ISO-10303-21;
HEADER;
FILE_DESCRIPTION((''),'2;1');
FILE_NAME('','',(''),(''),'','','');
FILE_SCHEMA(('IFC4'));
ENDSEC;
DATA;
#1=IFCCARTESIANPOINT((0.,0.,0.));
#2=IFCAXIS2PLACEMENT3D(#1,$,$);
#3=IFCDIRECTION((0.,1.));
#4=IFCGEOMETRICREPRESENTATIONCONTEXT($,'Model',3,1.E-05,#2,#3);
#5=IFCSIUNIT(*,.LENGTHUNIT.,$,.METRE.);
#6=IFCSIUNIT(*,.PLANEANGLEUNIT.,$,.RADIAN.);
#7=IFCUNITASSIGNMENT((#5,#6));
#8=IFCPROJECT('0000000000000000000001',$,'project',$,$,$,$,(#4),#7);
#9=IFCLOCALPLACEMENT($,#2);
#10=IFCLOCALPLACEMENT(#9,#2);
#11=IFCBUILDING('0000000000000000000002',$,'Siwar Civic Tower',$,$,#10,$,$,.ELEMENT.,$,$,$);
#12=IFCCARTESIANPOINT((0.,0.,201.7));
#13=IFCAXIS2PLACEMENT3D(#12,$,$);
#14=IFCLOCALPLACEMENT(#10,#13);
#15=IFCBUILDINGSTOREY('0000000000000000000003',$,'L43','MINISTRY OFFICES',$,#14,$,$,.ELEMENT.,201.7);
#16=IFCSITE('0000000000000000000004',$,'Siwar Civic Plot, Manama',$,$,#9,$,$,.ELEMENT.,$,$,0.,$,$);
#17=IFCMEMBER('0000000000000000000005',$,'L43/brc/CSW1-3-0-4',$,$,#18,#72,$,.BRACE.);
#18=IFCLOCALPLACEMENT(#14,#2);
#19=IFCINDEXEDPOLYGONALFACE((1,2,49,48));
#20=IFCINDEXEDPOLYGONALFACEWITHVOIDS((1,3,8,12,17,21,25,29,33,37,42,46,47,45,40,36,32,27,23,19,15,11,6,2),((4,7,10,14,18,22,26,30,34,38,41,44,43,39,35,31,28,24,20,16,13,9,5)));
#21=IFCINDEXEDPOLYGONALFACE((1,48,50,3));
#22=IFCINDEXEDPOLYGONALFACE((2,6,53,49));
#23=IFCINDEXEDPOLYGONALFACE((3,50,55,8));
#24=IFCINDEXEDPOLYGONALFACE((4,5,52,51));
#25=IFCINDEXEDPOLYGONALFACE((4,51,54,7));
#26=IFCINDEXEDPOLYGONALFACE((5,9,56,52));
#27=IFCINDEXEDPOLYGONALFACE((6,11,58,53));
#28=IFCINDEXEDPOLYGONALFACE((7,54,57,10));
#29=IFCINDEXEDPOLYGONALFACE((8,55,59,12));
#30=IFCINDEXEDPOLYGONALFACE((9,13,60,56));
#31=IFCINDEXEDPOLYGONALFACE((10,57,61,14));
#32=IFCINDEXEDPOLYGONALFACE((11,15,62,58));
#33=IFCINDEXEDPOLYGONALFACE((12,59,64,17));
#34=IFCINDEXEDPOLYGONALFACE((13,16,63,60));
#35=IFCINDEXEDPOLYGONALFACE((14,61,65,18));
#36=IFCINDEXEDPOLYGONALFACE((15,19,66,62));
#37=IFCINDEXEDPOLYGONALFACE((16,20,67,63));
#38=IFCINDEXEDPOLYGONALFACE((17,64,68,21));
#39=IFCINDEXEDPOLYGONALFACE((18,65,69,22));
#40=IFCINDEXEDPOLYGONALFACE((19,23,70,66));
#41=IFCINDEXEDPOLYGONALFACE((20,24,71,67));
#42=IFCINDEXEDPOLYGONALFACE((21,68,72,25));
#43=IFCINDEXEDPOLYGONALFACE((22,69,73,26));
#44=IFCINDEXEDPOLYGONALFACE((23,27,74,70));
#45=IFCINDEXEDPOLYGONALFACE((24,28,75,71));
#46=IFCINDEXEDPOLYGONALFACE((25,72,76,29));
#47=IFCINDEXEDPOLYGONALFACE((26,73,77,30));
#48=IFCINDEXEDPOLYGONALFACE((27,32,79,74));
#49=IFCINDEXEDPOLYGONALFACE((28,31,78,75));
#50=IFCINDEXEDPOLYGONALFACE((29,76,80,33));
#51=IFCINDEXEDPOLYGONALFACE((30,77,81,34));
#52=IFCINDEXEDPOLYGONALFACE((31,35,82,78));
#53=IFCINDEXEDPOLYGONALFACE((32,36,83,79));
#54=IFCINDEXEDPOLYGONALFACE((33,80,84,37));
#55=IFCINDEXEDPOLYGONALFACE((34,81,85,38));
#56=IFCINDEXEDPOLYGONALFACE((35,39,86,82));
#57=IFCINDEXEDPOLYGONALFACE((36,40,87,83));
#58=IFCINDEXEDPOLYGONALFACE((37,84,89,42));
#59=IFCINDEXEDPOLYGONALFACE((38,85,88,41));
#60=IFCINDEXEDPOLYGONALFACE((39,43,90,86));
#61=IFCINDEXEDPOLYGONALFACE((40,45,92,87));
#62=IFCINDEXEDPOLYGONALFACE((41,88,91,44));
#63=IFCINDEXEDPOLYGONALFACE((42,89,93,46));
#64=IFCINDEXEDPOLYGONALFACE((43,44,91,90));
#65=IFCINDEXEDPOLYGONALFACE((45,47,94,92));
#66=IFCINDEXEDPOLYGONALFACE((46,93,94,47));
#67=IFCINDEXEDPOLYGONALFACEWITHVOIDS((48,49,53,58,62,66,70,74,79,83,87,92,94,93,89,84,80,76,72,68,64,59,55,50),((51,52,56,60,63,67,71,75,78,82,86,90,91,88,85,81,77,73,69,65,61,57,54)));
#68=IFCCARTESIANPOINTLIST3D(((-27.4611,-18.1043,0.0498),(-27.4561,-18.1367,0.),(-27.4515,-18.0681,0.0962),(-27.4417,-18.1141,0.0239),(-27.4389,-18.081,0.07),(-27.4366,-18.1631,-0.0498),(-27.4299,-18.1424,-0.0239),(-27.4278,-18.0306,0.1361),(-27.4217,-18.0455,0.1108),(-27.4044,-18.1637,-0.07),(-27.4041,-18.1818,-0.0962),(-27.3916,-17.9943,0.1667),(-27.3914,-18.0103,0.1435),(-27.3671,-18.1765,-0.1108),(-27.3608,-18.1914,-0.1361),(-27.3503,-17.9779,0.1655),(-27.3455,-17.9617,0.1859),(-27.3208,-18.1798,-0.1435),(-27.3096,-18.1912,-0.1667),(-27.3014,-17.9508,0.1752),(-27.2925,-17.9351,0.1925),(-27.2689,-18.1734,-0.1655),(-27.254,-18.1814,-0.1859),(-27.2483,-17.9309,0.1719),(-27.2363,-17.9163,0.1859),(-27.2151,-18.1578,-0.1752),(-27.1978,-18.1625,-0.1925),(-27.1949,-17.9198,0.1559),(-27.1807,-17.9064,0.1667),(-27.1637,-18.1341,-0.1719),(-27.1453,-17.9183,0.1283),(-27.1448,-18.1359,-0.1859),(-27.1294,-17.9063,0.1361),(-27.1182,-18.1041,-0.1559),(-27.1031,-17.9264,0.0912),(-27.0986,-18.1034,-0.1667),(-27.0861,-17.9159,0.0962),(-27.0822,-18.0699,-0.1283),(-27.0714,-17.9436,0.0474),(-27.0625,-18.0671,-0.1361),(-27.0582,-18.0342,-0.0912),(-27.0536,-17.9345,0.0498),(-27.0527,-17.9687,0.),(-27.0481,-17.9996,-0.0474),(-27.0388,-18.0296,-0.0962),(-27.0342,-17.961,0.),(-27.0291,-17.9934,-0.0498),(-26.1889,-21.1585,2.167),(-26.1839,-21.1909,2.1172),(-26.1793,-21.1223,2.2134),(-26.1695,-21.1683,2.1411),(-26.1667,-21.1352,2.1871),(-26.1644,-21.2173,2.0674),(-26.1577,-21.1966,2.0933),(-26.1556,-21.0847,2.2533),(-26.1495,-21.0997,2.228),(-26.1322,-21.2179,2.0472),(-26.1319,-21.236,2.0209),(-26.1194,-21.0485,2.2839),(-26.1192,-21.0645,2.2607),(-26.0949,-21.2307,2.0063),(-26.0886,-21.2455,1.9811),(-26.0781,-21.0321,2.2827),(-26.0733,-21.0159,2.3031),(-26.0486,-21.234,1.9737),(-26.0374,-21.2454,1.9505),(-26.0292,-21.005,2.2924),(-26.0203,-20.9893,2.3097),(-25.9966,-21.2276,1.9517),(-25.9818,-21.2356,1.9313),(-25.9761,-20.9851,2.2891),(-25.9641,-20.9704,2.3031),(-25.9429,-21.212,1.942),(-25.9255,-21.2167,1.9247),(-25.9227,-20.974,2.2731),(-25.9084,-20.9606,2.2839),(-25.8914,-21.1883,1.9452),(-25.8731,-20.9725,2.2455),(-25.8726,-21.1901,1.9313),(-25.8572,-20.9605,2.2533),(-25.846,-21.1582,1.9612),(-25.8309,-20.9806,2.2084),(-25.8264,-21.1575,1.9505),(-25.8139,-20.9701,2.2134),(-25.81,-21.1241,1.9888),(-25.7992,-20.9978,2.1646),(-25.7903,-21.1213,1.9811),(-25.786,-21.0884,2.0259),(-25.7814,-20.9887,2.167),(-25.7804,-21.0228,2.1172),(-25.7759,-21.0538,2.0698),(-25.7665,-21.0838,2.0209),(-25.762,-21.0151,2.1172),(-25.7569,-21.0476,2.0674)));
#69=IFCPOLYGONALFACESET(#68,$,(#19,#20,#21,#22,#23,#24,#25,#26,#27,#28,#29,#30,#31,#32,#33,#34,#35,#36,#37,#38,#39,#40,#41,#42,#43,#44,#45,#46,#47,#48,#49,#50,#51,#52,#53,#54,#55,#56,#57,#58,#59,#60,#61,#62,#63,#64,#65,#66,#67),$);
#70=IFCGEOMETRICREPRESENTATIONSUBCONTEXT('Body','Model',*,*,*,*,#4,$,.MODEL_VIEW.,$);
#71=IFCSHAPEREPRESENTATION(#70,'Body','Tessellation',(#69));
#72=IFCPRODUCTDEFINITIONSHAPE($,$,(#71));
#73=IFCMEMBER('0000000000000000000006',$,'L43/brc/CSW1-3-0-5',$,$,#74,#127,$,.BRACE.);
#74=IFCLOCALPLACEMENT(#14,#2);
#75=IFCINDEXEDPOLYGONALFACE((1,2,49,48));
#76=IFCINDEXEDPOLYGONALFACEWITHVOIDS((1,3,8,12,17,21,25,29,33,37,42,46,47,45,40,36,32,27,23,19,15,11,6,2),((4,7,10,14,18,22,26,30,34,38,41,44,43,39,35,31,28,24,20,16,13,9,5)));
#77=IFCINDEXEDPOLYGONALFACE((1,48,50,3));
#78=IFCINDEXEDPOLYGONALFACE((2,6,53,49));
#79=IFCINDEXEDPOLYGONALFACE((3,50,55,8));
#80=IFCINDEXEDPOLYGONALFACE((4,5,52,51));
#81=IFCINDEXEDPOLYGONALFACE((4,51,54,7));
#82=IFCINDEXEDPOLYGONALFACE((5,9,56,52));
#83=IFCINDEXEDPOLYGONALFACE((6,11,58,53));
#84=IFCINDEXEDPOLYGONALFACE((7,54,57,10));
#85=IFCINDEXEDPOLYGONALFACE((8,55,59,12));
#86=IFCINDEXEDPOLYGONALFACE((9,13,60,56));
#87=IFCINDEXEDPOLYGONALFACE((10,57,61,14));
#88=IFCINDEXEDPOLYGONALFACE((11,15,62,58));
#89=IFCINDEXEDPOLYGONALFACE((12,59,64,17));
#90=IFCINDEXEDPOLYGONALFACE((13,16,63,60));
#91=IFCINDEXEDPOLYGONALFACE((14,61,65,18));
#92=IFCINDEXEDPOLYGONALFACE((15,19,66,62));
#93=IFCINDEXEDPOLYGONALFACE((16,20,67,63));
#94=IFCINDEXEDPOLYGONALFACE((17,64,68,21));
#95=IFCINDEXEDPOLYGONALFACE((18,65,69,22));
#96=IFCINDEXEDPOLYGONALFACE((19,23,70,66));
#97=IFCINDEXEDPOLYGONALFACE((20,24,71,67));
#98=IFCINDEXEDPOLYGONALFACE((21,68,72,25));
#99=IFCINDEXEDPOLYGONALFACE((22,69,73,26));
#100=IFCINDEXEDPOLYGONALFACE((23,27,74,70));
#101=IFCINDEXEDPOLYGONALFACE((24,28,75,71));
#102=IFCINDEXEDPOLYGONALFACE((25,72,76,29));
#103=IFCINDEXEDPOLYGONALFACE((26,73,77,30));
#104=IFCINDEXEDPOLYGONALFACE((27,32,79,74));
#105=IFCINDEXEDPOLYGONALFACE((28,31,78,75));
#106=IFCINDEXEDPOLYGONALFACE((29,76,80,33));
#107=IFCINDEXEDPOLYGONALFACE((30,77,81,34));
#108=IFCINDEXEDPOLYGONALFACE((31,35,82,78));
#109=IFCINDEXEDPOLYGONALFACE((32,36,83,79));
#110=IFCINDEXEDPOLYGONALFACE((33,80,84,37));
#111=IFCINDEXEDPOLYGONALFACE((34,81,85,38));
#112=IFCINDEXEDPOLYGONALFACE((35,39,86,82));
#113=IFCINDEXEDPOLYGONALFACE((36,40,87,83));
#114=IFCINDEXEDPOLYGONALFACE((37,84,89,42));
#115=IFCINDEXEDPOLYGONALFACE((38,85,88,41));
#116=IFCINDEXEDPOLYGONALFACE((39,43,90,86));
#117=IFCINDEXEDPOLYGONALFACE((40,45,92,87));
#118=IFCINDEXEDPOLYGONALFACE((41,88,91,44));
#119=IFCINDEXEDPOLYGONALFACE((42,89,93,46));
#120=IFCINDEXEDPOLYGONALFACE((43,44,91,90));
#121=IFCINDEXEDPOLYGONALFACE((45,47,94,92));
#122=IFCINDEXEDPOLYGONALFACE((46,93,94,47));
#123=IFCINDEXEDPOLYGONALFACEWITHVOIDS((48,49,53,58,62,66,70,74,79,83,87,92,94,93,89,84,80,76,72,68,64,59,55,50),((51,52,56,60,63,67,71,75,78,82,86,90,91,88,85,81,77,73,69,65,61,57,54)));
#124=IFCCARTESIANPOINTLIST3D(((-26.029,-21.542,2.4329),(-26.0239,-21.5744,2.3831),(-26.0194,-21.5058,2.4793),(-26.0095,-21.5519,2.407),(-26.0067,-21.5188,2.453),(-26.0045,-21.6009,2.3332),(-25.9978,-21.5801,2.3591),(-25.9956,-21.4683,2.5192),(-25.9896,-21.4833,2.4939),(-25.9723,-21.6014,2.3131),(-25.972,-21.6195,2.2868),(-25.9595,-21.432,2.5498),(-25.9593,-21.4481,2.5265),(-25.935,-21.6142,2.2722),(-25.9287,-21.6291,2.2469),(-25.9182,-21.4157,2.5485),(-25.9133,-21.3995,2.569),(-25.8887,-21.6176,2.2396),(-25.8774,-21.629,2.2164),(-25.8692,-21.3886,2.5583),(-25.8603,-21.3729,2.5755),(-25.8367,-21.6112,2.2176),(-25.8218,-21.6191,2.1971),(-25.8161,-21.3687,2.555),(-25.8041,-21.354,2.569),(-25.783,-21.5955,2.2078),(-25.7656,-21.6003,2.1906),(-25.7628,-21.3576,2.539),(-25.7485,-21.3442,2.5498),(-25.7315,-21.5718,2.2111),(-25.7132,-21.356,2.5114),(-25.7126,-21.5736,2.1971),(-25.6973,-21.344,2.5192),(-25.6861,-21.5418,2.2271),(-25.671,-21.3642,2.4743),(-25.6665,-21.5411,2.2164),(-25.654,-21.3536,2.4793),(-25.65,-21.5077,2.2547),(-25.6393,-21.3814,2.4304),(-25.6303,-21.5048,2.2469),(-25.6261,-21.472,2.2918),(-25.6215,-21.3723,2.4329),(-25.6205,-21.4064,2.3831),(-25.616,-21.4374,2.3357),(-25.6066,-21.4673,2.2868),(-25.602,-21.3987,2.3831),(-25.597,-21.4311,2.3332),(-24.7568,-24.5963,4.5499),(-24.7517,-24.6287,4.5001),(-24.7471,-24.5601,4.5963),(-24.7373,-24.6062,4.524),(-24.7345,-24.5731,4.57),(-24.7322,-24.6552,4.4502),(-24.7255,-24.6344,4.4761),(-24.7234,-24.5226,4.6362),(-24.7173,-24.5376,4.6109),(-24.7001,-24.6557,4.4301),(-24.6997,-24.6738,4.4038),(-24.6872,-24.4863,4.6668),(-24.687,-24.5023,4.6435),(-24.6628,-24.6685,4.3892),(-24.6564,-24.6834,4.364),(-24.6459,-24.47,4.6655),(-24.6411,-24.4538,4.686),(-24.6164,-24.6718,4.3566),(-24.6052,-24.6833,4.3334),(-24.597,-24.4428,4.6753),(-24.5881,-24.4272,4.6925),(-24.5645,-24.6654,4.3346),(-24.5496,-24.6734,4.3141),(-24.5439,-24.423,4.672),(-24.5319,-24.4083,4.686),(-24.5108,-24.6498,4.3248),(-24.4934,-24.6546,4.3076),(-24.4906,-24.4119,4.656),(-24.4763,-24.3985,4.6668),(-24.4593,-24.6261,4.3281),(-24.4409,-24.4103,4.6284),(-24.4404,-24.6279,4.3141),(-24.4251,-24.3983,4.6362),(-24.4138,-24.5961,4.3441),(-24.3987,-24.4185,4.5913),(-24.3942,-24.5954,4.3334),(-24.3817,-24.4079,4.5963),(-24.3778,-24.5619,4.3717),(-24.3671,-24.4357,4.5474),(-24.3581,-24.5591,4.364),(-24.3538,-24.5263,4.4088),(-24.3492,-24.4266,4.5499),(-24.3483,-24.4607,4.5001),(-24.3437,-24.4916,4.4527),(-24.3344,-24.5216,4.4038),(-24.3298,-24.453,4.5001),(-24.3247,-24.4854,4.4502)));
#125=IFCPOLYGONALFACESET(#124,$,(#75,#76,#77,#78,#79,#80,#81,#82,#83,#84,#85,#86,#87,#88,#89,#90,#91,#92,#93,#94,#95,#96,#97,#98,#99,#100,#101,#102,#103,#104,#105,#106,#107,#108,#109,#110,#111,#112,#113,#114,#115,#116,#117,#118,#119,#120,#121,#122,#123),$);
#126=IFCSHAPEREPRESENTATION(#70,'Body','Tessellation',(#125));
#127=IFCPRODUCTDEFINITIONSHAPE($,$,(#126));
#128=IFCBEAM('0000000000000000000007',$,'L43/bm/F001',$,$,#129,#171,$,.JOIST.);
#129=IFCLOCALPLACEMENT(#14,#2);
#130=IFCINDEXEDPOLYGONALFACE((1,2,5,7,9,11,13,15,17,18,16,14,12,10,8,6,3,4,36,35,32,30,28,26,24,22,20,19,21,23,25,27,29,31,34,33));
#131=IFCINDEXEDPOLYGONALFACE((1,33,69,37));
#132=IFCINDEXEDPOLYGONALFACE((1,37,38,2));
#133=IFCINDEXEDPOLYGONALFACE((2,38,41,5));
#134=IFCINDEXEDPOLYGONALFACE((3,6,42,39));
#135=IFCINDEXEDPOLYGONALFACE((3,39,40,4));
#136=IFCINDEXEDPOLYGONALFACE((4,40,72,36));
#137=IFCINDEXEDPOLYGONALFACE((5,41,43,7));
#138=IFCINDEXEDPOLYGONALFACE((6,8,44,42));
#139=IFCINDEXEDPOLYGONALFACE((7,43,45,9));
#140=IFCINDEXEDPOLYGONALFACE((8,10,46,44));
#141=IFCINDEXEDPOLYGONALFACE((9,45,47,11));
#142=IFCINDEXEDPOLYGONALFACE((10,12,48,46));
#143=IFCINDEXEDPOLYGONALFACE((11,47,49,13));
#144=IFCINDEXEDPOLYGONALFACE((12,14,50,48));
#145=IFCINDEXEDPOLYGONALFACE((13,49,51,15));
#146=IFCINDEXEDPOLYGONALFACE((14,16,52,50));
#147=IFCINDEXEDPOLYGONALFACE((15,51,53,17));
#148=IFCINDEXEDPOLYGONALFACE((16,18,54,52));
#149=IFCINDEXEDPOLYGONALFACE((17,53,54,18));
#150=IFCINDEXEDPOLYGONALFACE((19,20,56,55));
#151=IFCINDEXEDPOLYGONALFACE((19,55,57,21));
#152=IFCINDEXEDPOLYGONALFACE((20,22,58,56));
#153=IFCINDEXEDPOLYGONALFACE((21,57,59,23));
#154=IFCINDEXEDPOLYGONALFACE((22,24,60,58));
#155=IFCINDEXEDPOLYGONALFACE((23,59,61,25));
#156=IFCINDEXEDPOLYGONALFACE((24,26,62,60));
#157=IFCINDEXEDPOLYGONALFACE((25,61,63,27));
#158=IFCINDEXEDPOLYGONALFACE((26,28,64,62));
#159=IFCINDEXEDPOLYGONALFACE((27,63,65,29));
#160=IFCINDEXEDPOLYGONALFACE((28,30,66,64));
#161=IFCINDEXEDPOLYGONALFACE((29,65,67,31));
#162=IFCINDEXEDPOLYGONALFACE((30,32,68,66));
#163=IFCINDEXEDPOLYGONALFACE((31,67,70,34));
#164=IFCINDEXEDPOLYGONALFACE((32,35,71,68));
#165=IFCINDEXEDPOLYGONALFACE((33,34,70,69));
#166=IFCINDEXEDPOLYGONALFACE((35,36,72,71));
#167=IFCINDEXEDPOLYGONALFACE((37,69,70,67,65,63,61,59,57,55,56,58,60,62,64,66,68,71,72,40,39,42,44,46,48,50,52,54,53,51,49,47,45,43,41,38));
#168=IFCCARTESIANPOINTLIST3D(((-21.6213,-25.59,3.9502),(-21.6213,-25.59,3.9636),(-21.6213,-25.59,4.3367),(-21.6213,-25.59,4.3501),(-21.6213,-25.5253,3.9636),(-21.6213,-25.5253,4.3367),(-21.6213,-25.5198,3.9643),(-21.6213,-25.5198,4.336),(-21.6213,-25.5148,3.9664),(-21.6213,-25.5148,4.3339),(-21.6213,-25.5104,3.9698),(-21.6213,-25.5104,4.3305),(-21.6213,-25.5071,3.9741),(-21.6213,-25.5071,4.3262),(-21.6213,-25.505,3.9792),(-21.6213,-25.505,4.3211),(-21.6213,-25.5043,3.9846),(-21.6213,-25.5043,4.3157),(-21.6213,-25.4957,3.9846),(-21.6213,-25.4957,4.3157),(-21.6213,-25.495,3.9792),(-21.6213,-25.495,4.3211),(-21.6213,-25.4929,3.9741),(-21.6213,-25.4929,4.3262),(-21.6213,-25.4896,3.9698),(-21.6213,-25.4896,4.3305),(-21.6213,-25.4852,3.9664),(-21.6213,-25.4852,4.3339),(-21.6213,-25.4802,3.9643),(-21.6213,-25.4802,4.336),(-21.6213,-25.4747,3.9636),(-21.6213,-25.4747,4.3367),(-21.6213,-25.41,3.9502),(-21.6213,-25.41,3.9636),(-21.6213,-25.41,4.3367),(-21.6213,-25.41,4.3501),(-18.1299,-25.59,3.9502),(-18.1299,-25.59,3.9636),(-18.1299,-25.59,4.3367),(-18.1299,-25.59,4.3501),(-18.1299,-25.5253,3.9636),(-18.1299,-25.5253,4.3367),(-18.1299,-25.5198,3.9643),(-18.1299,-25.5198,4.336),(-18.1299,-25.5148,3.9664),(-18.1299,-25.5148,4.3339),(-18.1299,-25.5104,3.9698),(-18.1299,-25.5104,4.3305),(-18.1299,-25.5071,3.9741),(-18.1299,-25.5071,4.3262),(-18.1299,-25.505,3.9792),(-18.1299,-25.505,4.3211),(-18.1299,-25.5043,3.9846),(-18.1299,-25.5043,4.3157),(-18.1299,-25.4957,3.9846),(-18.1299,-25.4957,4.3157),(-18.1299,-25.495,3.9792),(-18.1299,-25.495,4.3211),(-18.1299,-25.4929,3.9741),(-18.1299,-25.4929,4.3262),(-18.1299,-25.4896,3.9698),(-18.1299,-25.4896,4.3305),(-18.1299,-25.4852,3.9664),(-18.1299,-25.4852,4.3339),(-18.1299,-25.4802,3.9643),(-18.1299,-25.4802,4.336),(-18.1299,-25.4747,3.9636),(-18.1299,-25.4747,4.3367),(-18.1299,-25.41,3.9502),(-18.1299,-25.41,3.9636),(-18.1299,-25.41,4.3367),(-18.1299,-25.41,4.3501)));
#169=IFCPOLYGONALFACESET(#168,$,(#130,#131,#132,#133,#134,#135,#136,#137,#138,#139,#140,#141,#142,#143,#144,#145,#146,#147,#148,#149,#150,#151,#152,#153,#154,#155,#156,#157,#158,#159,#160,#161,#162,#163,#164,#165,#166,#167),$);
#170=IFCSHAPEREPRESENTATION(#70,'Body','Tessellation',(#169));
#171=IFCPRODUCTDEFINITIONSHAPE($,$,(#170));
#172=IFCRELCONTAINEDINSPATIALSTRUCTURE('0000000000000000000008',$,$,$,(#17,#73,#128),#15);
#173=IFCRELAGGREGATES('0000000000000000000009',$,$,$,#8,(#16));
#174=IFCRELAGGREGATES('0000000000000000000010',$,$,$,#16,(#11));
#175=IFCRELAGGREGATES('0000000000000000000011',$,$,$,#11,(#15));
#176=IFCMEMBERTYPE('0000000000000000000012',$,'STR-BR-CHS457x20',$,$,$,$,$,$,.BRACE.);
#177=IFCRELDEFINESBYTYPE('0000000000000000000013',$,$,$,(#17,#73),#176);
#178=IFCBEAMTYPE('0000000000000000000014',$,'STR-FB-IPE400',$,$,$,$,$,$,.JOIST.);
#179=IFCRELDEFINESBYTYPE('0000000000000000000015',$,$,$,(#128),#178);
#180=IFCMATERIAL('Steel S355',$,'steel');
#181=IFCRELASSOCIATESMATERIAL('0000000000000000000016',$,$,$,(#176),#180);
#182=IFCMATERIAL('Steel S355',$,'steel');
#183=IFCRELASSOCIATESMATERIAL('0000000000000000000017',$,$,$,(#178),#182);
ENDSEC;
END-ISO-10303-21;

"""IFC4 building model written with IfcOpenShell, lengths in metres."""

from ifc_helpers import new_model, si_unit, direction, frame, origin, origin_2d, place, context, subcontext, project, spatial, hollow_circle, i_section, extrude, material, material_profile, profile_set, type_object, element, save


model = new_model("IFC4")

# Units and contexts
model_context = context("Model", 3, precision=1e-05, world=origin(), true_north=direction((0.0, 1.0)))
body_context = subcontext(model_context, "Body", "Model", "MODEL_VIEW")
ifc_project = project(units=[si_unit("LENGTHUNIT", "METRE"), si_unit("PLANEANGLEUNIT", "RADIAN")], contexts=[model_context])

# Site, building, storey
site_placement = place(None, origin())
site = spatial("IfcSite", under=ifc_project, at=site_placement, Name="Siwar Civic Plot, Manama", CompositionType="ELEMENT", RefElevation=0.0)
building_placement = place(site_placement, origin())
building = spatial("IfcBuilding", under=site, at=building_placement, Name="Siwar Civic Tower", CompositionType="ELEMENT")
storey_placement = place(building_placement, frame((0.0, 0.0, 201.7)))
storey = spatial("IfcBuildingStorey", under=building, at=storey_placement, Name="L43", Description="MINISTRY OFFICES", CompositionType="ELEMENT", Elevation=201.7)

# Members
ifc_material_1 = material(Name="Steel S355", Category="steel")
ifc_material_profile_1 = material_profile(ifc_material_1, hollow_circle(Radius=0.2285, WallThickness=0.02, at=origin_2d()), Name="CHS457x20")
ifc_profile_set_1 = profile_set([ifc_material_profile_1], Name="Steel S355")
member_type_1 = type_object("IfcMemberType", Name="STR-BR-CHS457x20", PredefinedType="BRACE", material=ifc_profile_set_1)
for number, where, z_axis, x_axis, name in (
    (1, (-27.2451, -18.0488, 0.0), (0.323884, -0.777546, 0.538999), (0.923116, 0.384521, 0.0), "L43/brc/CSW1-3-0-4"),
    (2, (-25.813, -21.4866, 2.3831), (0.323895, -0.777572, 0.538955), (0.923116, 0.384521, 0.0), "L43/brc/CSW1-3-0-5"),
):
    element("IfcMember", number, at=place(storey_placement, frame(where, z_axis=z_axis, x_axis=x_axis)), inside=storey, type_object=member_type_1, Name=name, PredefinedType="BRACE", context=body_context, shape_type="SweptSolid", body=[
        extrude(hollow_circle(Radius=0.2285, WallThickness=0.02, at=origin_2d()), origin(), (0.0, 0.0, 1.0), 3.928),
    ])

# Beam
ifc_material_2 = material(Name="Steel S355", Category="steel")
ifc_material_profile_2 = material_profile(ifc_material_2, i_section(OverallWidth=0.1799, OverallDepth=0.3999, WebThickness=0.0085, FlangeThickness=0.0134, FilletRadius=0.021, at=origin_2d()), Name="IPE400")
ifc_profile_set_2 = profile_set([ifc_material_profile_2], Name="Steel S355")
beam_type_1 = type_object("IfcBeamType", Name="STR-FB-IPE400", PredefinedType="JOIST", material=ifc_profile_set_2)
beam_1_placement = place(storey_placement, frame((-21.6213, -25.5, 4.1501), z_axis=(1.0, 0.0, 0.0), x_axis=(0.0, 1.0, 0.0)))
element("IfcBeam", 3, at=beam_1_placement, inside=storey, type_object=beam_type_1, Name="L43/bm/F001", PredefinedType="JOIST", context=body_context, shape_type="SweptSolid", body=[
    extrude(i_section(OverallWidth=0.1799, OverallDepth=0.3999, WebThickness=0.0085, FlangeThickness=0.0134, FilletRadius=0.021, at=origin_2d()), origin(), (0.0, 0.0, 1.0), 3.4915),
])

save(model, "model.ifc")
